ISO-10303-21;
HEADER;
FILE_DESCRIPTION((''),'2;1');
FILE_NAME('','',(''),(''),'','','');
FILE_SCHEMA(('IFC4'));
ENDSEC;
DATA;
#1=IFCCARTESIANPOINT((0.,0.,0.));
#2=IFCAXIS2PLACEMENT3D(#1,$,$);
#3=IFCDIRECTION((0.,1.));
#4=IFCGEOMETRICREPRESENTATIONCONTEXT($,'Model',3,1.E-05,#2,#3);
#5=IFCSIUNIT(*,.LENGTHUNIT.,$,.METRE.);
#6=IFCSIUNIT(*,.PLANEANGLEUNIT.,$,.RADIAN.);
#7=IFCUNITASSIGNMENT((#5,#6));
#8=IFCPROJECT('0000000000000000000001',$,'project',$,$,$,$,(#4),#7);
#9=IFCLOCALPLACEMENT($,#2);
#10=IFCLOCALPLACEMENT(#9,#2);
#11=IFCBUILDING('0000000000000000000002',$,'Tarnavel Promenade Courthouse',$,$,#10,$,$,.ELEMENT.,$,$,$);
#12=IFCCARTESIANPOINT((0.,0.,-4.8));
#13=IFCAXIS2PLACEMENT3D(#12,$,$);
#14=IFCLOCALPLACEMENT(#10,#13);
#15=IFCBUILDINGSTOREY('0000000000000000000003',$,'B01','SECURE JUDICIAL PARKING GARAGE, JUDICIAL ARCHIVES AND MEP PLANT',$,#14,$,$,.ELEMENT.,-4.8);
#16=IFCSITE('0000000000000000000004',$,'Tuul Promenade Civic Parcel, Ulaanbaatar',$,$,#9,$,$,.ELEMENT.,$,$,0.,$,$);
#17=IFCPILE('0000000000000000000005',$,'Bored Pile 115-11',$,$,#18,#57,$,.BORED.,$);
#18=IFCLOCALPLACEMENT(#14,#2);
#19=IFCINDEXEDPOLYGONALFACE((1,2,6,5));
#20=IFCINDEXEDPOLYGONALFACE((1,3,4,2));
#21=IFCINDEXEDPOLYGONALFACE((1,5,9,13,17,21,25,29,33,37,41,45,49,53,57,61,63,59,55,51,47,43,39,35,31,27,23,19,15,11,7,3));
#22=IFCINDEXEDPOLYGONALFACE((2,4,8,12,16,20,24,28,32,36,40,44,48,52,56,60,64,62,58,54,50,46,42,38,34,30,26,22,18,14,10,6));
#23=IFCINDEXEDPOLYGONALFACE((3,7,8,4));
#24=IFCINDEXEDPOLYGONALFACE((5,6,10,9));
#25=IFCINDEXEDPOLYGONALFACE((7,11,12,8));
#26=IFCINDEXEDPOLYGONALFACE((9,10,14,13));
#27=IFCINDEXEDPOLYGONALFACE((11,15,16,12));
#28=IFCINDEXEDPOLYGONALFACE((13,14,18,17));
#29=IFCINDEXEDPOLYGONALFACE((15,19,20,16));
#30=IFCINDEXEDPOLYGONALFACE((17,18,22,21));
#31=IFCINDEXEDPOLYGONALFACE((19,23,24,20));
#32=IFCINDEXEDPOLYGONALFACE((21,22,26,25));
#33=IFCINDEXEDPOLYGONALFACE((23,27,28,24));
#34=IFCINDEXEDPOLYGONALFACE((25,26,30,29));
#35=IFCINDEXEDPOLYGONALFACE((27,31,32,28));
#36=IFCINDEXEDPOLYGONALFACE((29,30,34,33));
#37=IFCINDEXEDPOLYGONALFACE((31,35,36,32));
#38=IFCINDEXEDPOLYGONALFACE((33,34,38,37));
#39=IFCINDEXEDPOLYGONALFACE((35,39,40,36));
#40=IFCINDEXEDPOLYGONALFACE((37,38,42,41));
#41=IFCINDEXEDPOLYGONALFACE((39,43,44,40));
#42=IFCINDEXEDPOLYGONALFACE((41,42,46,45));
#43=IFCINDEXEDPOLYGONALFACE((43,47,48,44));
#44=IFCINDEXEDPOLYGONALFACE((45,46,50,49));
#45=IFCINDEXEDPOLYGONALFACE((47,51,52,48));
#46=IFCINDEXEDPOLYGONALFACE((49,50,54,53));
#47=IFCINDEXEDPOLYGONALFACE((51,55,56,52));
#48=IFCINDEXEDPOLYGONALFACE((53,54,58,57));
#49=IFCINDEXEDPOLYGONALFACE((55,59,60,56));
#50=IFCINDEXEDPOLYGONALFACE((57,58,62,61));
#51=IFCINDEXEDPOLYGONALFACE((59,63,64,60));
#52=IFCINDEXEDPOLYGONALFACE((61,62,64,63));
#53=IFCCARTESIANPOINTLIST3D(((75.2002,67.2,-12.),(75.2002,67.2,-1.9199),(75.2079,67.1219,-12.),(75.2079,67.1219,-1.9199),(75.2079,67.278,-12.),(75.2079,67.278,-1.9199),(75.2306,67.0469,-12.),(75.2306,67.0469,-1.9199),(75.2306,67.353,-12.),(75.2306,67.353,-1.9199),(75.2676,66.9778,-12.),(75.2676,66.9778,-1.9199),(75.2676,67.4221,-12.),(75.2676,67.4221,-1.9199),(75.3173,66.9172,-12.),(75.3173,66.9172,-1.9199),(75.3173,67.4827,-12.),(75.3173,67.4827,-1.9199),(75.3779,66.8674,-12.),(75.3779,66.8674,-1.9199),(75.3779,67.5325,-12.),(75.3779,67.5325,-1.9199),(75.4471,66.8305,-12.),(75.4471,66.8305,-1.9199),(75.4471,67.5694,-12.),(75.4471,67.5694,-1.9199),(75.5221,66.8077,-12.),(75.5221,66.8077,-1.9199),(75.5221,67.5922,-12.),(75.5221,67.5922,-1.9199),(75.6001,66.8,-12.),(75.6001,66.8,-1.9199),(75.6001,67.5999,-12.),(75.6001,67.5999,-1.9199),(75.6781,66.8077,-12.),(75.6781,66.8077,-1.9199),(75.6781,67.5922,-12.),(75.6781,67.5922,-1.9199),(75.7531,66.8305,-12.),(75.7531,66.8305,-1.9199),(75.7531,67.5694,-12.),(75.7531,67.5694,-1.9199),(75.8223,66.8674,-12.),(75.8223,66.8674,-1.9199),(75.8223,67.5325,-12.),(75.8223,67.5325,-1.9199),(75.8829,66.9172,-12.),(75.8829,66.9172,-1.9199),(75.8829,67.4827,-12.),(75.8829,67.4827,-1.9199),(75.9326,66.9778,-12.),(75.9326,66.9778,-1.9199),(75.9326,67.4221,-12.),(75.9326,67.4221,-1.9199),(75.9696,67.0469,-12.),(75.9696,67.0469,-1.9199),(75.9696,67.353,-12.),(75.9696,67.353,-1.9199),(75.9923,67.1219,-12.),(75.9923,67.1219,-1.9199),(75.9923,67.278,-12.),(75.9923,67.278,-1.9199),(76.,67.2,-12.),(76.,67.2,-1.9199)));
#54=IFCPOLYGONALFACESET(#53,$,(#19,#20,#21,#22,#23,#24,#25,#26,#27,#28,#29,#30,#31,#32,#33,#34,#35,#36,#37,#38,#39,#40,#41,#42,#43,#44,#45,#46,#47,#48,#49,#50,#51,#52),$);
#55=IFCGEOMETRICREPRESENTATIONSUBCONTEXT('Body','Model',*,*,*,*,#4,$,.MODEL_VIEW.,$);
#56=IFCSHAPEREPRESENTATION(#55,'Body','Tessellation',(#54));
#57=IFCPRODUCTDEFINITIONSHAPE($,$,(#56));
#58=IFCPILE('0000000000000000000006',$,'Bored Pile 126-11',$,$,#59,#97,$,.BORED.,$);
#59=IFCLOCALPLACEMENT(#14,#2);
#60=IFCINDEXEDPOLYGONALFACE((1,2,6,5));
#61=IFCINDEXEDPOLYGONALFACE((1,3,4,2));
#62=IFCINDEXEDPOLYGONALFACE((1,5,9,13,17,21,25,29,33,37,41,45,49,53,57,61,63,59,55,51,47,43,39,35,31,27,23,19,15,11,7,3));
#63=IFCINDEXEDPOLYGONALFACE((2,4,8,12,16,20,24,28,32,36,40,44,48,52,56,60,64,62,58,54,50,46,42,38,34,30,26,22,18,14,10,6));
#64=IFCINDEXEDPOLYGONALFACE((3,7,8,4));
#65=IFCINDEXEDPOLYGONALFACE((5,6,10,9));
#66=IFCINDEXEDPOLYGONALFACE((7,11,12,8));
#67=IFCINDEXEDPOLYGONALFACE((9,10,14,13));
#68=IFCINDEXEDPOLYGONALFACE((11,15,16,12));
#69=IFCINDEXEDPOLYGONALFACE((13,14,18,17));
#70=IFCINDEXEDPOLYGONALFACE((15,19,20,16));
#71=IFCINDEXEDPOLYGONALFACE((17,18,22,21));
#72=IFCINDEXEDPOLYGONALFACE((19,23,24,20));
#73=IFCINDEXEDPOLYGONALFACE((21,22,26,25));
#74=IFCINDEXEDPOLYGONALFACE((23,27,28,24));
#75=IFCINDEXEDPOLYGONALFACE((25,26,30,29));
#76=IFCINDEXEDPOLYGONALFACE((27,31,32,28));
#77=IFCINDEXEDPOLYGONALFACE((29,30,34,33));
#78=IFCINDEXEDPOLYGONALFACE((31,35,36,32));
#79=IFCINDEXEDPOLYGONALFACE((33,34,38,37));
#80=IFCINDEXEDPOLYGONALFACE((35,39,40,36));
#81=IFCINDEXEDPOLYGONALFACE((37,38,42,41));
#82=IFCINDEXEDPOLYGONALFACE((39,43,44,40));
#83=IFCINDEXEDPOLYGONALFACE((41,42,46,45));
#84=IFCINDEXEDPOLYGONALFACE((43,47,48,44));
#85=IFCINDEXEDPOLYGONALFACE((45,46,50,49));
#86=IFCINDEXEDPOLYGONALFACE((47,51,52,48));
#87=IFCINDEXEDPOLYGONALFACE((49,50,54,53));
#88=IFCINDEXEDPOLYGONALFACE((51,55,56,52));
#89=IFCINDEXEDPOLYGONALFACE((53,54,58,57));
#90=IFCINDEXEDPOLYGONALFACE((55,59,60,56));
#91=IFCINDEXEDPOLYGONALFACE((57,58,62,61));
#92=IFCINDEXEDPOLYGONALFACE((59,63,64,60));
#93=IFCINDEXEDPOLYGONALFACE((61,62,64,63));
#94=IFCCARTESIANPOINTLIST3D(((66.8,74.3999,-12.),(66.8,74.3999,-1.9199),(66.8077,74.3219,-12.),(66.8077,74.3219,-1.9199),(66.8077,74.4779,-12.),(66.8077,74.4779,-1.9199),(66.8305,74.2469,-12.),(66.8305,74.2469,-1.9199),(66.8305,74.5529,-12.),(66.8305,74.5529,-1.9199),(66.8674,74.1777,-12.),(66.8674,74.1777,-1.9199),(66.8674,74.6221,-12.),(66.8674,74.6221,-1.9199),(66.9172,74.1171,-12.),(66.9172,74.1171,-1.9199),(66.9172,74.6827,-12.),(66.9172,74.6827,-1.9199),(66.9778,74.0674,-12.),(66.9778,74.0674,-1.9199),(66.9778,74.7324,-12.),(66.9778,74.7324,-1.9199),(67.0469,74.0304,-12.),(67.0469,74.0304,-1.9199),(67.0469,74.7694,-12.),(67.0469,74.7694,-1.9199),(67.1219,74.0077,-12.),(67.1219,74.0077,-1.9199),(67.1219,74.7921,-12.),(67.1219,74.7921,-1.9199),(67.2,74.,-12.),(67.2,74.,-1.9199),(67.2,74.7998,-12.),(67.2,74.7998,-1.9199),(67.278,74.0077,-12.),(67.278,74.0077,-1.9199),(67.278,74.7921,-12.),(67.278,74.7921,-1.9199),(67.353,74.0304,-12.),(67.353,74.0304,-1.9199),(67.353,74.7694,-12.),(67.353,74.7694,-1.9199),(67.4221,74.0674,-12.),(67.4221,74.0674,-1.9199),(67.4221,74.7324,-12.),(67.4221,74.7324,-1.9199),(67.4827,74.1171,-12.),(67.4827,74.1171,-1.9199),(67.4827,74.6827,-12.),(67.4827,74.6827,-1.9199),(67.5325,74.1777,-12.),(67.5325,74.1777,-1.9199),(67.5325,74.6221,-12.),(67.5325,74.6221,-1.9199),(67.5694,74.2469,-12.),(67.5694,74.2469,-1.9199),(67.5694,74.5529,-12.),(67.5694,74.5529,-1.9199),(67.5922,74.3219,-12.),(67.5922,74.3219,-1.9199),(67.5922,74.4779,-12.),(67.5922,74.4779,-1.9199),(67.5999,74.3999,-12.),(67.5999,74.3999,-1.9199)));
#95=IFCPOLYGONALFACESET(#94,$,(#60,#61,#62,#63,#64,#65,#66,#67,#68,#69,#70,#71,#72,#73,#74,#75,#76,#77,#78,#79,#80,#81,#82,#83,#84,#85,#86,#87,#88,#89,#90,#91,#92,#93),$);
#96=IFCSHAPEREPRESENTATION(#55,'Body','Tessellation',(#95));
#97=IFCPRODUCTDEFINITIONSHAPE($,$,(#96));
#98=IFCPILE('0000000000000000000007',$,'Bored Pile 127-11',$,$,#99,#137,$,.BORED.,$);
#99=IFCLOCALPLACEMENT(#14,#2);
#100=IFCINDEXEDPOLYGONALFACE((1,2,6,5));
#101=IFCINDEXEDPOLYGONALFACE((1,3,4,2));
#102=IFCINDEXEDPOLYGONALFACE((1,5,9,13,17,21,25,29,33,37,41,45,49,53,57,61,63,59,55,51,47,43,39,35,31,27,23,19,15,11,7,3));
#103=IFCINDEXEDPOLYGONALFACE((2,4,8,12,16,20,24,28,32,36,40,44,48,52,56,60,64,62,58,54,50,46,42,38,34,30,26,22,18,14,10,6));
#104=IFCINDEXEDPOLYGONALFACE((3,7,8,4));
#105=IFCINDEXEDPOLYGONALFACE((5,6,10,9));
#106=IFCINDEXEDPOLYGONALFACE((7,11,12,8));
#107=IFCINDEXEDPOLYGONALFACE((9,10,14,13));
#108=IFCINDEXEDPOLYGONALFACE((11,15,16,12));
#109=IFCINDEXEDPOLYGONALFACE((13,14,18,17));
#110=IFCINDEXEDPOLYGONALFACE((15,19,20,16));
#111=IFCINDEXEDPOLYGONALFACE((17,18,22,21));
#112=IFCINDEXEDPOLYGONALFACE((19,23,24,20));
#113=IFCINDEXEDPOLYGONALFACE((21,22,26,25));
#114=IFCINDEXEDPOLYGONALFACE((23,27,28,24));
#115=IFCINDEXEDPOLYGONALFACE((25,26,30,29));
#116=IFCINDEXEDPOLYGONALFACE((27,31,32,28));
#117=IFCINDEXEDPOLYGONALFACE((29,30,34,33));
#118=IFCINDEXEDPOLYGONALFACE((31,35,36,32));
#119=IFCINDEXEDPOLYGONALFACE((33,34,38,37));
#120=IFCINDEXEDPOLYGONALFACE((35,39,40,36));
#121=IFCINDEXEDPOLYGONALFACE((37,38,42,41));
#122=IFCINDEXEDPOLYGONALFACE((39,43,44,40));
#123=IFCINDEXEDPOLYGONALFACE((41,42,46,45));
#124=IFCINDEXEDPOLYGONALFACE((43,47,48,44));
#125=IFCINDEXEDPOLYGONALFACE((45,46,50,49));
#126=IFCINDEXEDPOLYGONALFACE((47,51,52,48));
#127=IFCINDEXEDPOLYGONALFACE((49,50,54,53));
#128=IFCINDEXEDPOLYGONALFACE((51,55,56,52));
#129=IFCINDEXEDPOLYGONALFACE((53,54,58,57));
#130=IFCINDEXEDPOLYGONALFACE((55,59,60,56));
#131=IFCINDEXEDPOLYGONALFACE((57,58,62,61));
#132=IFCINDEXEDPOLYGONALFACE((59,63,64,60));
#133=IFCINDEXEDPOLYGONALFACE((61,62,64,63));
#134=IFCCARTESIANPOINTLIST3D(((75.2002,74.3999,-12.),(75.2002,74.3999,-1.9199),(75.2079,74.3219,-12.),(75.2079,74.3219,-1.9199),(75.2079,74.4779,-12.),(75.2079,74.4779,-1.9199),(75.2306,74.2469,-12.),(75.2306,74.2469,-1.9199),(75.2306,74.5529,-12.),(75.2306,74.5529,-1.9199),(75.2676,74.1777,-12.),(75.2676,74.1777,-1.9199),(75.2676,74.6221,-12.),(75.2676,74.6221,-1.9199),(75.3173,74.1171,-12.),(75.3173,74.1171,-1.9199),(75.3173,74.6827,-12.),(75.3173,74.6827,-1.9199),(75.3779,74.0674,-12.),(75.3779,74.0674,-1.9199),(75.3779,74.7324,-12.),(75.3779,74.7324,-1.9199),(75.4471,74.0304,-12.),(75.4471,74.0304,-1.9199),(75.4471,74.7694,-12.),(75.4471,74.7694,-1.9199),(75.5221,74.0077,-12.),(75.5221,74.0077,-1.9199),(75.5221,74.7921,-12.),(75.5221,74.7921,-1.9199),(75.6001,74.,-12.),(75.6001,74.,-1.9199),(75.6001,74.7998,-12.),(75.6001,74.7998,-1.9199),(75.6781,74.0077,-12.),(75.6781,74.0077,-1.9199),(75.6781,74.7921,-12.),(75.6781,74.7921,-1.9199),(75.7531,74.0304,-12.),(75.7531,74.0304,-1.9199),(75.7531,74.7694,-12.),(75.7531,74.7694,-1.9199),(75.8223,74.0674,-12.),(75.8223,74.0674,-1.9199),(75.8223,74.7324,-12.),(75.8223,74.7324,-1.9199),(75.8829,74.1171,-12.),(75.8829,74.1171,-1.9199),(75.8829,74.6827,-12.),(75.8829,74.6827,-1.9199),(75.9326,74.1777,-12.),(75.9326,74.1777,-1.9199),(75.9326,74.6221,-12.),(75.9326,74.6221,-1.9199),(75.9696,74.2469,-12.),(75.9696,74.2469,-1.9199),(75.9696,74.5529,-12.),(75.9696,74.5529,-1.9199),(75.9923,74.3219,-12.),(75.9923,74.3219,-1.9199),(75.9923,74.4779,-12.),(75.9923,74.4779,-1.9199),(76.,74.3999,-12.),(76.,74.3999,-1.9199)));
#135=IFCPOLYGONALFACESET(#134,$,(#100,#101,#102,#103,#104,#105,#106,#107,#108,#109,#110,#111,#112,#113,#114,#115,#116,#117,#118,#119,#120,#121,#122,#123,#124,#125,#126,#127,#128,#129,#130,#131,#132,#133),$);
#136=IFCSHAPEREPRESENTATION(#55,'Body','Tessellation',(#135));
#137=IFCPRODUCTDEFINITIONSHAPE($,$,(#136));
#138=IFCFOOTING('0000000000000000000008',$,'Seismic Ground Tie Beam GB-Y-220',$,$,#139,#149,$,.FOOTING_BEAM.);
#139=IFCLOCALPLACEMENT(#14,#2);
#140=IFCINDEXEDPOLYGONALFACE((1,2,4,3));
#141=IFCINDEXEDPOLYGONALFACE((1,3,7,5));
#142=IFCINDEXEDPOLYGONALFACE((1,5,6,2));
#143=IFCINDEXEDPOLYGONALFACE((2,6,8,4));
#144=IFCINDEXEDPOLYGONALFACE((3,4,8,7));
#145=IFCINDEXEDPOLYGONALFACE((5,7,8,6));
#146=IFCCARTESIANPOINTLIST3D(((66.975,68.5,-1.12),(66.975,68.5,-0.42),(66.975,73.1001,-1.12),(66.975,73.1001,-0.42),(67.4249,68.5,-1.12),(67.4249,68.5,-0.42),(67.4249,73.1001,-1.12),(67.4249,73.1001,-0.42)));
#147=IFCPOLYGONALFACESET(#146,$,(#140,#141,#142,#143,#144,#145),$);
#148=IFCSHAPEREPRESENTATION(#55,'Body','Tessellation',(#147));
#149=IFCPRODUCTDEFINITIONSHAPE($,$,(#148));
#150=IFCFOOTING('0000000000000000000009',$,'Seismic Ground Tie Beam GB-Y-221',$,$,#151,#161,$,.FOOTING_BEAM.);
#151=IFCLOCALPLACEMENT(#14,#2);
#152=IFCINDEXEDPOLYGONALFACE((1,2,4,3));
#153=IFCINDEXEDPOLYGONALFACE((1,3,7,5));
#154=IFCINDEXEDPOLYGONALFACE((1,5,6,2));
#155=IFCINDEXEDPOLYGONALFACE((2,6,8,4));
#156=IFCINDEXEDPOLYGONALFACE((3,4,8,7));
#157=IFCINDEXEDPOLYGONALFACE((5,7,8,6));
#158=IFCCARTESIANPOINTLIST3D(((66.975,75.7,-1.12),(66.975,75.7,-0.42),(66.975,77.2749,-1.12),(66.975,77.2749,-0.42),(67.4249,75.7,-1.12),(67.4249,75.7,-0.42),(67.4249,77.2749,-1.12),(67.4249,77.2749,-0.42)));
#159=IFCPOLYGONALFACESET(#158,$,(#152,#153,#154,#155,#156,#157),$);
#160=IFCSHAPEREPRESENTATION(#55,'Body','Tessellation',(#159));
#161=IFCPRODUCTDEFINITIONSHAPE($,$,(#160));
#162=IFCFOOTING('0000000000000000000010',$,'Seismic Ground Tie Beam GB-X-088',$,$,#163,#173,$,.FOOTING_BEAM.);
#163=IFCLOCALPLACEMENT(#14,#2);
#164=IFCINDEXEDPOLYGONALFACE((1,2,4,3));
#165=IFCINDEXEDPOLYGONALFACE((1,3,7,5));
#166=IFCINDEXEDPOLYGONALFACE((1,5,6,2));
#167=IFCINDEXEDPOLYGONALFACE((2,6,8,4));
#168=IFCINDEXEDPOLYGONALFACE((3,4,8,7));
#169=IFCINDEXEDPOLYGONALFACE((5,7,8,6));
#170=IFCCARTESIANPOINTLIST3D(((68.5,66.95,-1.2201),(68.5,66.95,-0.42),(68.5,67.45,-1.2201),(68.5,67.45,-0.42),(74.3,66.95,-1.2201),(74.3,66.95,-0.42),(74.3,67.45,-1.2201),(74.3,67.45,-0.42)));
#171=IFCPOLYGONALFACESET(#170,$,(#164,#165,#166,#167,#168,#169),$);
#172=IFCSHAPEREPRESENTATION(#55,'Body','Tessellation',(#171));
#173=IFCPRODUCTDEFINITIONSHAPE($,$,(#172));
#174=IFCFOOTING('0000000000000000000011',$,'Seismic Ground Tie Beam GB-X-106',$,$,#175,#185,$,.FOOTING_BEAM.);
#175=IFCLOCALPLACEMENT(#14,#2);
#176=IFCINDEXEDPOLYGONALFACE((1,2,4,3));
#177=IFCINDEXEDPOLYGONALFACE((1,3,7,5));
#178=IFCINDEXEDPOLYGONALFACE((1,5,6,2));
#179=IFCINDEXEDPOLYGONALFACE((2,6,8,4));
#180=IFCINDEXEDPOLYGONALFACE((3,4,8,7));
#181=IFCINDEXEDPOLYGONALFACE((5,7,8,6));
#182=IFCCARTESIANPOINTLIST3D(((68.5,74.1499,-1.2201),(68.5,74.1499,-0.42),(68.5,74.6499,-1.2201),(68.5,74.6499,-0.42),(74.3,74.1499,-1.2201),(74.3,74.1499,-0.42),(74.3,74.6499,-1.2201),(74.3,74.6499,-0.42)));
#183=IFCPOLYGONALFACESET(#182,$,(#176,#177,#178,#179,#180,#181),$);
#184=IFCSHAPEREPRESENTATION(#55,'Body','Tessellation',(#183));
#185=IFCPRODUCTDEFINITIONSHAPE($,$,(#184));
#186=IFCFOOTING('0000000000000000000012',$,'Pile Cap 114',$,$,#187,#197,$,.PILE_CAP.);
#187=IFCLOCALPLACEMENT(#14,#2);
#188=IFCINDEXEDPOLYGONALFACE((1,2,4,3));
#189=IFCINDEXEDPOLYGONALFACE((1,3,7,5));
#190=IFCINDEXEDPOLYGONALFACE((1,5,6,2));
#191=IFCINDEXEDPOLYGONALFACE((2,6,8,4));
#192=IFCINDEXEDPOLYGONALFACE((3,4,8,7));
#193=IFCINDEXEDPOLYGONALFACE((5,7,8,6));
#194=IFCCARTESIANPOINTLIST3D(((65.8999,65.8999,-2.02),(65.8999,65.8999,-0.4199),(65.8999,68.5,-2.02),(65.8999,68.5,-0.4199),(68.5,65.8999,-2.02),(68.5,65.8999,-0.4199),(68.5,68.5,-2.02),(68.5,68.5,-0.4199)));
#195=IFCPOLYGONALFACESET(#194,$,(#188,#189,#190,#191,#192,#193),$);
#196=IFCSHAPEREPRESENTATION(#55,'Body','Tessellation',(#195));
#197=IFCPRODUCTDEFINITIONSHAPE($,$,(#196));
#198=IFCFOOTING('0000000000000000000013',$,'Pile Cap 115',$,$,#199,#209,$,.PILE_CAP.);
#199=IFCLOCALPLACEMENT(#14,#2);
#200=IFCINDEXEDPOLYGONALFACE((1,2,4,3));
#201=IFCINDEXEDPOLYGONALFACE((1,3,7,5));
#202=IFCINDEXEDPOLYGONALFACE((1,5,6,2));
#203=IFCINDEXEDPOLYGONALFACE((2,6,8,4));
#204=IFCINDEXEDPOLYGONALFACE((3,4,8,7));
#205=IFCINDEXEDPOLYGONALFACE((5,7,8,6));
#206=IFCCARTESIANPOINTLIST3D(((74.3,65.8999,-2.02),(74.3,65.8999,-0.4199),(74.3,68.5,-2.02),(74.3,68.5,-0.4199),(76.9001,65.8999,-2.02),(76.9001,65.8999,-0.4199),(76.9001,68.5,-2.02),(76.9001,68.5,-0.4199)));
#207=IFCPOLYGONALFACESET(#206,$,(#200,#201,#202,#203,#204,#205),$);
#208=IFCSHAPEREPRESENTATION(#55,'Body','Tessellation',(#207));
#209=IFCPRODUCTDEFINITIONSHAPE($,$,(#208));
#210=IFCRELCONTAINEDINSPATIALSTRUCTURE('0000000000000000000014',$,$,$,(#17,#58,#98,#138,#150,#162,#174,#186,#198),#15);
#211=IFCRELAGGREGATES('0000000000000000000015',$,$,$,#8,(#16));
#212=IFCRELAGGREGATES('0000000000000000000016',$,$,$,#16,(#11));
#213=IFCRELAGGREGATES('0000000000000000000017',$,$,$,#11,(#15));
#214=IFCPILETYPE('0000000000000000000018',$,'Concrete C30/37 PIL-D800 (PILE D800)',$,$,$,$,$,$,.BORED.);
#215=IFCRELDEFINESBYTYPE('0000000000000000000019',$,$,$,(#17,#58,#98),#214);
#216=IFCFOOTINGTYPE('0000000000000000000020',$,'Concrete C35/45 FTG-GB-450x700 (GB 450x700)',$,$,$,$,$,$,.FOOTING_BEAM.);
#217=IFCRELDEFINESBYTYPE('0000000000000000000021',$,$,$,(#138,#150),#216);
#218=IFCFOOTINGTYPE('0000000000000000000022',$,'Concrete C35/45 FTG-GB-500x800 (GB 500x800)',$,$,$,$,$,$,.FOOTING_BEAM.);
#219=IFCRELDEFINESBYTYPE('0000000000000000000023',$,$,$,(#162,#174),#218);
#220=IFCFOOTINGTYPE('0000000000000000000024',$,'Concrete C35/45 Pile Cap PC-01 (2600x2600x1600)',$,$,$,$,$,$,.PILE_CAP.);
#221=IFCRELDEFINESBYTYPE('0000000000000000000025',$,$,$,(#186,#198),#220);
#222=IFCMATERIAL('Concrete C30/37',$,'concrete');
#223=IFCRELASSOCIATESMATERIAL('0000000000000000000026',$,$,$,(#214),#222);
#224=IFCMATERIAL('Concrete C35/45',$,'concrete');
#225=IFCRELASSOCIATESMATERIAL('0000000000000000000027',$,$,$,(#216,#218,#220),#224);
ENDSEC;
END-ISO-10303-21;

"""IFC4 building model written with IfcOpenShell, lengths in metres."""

from ifc_helpers import new_model, si_unit, direction, frame, origin, origin_2d, place, context, subcontext, project, spatial, rectangle, circle, extrude, material, material_profile, profile_set, type_object, element, save


model = new_model("IFC4")

# Units and contexts
model_context = context("Model", 3, precision=1e-05, world=origin(), true_north=direction((0.0, 1.0)))
body_context = subcontext(model_context, "Body", "Model", "MODEL_VIEW")
ifc_project = project(units=[si_unit("LENGTHUNIT", "METRE"), si_unit("PLANEANGLEUNIT", "RADIAN")], contexts=[model_context])

# Site, building, storey
site_placement = place(None, origin())
site = spatial("IfcSite", under=ifc_project, at=site_placement, Name="Tuul Promenade Civic Parcel, Ulaanbaatar", CompositionType="ELEMENT", RefElevation=0.0)
building_placement = place(site_placement, origin())
building = spatial("IfcBuilding", under=site, at=building_placement, Name="Tarnavel Promenade Courthouse", CompositionType="ELEMENT")
storey_placement = place(building_placement, frame((0.0, 0.0, -4.8)))
storey = spatial("IfcBuildingStorey", under=building, at=storey_placement, Name="B01", Description="SECURE JUDICIAL PARKING GARAGE, JUDICIAL ARCHIVES AND MEP PLANT", CompositionType="ELEMENT", Elevation=-4.8)

# Piles
ifc_material_1 = material(Name="Concrete C30/37", Category="concrete")
ifc_material_profile_1 = material_profile(ifc_material_1, circle(Radius=0.3999, at=origin_2d()), Name="PILE D800")
ifc_profile_set_1 = profile_set([ifc_material_profile_1], Name="Concrete C30/37")
pile_type_1 = type_object("IfcPileType", Name="Concrete C30/37 PIL-D800 (PILE D800)", PredefinedType="BORED", material=ifc_profile_set_1)
for number, where, z_axis, x_axis, name in (
    (1, (75.6001, 67.2, -1.9199), (0.0, 0.0, -1.0), (1.0, 0.0, 0.0), "Bored Pile 115-11"),
    (2, (67.2, 74.3999, -1.9199), (0.0, 0.0, -1.0), (1.0, 0.0, 0.0), "Bored Pile 126-11"),
    (3, (75.6001, 74.3999, -1.9199), (0.0, 0.0, -1.0), (1.0, 0.0, 0.0), "Bored Pile 127-11"),
):
    element("IfcPile", number, at=place(storey_placement, frame(where, z_axis=z_axis, x_axis=x_axis)), inside=storey, type_object=pile_type_1, Name=name, PredefinedType="BORED", context=body_context, shape_type="SweptSolid", body=[
        extrude(circle(Radius=0.3999, at=origin_2d()), origin(), (0.0, 0.0, 1.0), 10.0801),
    ])

# Footings
ifc_material_2 = material(Name="Concrete C35/45", Category="concrete")
ifc_material_profile_2 = material_profile(ifc_material_2, rectangle(XDim=0.45, YDim=0.7, at=origin_2d()), Name="GB 450x700")
ifc_profile_set_2 = profile_set([ifc_material_profile_2], Name="Concrete C35/45")
footing_type_1 = type_object("IfcFootingType", Name="Concrete C35/45 FTG-GB-450x700 (GB 450x700)", PredefinedType="FOOTING_BEAM", material=ifc_profile_set_2)
footing_1_placement = place(storey_placement, frame((67.2, 68.5, -0.77), z_axis=(0.0, 1.0, 0.0), x_axis=(-1.0, 0.0, 0.0)))
element("IfcFooting", 4, at=footing_1_placement, inside=storey, type_object=footing_type_1, Name="Seismic Ground Tie Beam GB-Y-220", PredefinedType="FOOTING_BEAM", context=body_context, shape_type="SweptSolid", body=[
    extrude(rectangle(XDim=0.45, YDim=0.7, at=origin_2d()), origin(), (0.0, 0.0, 1.0), 4.6001),
])
footing_2_placement = place(storey_placement, frame((67.2, 75.7, -0.77), z_axis=(0.0, 1.0, 0.0), x_axis=(-1.0, 0.0, 0.0)))
element("IfcFooting", 5, at=footing_2_placement, inside=storey, type_object=footing_type_1, Name="Seismic Ground Tie Beam GB-Y-221", PredefinedType="FOOTING_BEAM", context=body_context, shape_type="SweptSolid", body=[
    extrude(rectangle(XDim=0.45, YDim=0.7, at=origin_2d()), origin(), (0.0, 0.0, 1.0), 1.575),
])
ifc_material_profile_3 = material_profile(ifc_material_2, rectangle(XDim=0.5, YDim=0.8, at=origin_2d()), Name="GB 500x800")
ifc_profile_set_3 = profile_set([ifc_material_profile_3], Name="Concrete C35/45")
footing_type_2 = type_object("IfcFootingType", Name="Concrete C35/45 FTG-GB-500x800 (GB 500x800)", PredefinedType="FOOTING_BEAM", material=ifc_profile_set_3)
for number, where, z_axis, x_axis, name in (
    (6, (68.5, 67.2, -0.8201), (1.0, 0.0, 0.0), (0.0, 1.0, 0.0), "Seismic Ground Tie Beam GB-X-088"),
    (7, (68.5, 74.3999, -0.8201), (1.0, 0.0, 0.0), (0.0, 1.0, 0.0), "Seismic Ground Tie Beam GB-X-106"),
):
    element("IfcFooting", number, at=place(storey_placement, frame(where, z_axis=z_axis, x_axis=x_axis)), inside=storey, type_object=footing_type_2, Name=name, PredefinedType="FOOTING_BEAM", context=body_context, shape_type="SweptSolid", body=[
        extrude(rectangle(XDim=0.5, YDim=0.8, at=origin_2d()), origin(), (0.0, 0.0, 1.0), 5.8),
    ])
footing_type_3 = type_object("IfcFootingType", Name="Concrete C35/45 Pile Cap PC-01 (2600x2600x1600)", PredefinedType="PILE_CAP", material=ifc_material_2)
for number, where, z_axis, x_axis, name in (
    (8, (67.2, 67.2, -2.02), (0.0, 0.0, 1.0), (1.0, 0.0, 0.0), "Pile Cap 114"),
    (9, (75.6001, 67.2, -2.02), (0.0, 0.0, 1.0), (1.0, 0.0, 0.0), "Pile Cap 115"),
):
    element("IfcFooting", number, at=place(storey_placement, frame(where, z_axis=z_axis, x_axis=x_axis)), inside=storey, type_object=footing_type_3, Name=name, PredefinedType="PILE_CAP", context=body_context, shape_type="SweptSolid", body=[
        extrude(rectangle(XDim=2.6001, YDim=2.6001, at=origin_2d()), origin(), (0.0, 0.0, 1.0), 1.6001),
    ])

save(model, "model.ifc")
